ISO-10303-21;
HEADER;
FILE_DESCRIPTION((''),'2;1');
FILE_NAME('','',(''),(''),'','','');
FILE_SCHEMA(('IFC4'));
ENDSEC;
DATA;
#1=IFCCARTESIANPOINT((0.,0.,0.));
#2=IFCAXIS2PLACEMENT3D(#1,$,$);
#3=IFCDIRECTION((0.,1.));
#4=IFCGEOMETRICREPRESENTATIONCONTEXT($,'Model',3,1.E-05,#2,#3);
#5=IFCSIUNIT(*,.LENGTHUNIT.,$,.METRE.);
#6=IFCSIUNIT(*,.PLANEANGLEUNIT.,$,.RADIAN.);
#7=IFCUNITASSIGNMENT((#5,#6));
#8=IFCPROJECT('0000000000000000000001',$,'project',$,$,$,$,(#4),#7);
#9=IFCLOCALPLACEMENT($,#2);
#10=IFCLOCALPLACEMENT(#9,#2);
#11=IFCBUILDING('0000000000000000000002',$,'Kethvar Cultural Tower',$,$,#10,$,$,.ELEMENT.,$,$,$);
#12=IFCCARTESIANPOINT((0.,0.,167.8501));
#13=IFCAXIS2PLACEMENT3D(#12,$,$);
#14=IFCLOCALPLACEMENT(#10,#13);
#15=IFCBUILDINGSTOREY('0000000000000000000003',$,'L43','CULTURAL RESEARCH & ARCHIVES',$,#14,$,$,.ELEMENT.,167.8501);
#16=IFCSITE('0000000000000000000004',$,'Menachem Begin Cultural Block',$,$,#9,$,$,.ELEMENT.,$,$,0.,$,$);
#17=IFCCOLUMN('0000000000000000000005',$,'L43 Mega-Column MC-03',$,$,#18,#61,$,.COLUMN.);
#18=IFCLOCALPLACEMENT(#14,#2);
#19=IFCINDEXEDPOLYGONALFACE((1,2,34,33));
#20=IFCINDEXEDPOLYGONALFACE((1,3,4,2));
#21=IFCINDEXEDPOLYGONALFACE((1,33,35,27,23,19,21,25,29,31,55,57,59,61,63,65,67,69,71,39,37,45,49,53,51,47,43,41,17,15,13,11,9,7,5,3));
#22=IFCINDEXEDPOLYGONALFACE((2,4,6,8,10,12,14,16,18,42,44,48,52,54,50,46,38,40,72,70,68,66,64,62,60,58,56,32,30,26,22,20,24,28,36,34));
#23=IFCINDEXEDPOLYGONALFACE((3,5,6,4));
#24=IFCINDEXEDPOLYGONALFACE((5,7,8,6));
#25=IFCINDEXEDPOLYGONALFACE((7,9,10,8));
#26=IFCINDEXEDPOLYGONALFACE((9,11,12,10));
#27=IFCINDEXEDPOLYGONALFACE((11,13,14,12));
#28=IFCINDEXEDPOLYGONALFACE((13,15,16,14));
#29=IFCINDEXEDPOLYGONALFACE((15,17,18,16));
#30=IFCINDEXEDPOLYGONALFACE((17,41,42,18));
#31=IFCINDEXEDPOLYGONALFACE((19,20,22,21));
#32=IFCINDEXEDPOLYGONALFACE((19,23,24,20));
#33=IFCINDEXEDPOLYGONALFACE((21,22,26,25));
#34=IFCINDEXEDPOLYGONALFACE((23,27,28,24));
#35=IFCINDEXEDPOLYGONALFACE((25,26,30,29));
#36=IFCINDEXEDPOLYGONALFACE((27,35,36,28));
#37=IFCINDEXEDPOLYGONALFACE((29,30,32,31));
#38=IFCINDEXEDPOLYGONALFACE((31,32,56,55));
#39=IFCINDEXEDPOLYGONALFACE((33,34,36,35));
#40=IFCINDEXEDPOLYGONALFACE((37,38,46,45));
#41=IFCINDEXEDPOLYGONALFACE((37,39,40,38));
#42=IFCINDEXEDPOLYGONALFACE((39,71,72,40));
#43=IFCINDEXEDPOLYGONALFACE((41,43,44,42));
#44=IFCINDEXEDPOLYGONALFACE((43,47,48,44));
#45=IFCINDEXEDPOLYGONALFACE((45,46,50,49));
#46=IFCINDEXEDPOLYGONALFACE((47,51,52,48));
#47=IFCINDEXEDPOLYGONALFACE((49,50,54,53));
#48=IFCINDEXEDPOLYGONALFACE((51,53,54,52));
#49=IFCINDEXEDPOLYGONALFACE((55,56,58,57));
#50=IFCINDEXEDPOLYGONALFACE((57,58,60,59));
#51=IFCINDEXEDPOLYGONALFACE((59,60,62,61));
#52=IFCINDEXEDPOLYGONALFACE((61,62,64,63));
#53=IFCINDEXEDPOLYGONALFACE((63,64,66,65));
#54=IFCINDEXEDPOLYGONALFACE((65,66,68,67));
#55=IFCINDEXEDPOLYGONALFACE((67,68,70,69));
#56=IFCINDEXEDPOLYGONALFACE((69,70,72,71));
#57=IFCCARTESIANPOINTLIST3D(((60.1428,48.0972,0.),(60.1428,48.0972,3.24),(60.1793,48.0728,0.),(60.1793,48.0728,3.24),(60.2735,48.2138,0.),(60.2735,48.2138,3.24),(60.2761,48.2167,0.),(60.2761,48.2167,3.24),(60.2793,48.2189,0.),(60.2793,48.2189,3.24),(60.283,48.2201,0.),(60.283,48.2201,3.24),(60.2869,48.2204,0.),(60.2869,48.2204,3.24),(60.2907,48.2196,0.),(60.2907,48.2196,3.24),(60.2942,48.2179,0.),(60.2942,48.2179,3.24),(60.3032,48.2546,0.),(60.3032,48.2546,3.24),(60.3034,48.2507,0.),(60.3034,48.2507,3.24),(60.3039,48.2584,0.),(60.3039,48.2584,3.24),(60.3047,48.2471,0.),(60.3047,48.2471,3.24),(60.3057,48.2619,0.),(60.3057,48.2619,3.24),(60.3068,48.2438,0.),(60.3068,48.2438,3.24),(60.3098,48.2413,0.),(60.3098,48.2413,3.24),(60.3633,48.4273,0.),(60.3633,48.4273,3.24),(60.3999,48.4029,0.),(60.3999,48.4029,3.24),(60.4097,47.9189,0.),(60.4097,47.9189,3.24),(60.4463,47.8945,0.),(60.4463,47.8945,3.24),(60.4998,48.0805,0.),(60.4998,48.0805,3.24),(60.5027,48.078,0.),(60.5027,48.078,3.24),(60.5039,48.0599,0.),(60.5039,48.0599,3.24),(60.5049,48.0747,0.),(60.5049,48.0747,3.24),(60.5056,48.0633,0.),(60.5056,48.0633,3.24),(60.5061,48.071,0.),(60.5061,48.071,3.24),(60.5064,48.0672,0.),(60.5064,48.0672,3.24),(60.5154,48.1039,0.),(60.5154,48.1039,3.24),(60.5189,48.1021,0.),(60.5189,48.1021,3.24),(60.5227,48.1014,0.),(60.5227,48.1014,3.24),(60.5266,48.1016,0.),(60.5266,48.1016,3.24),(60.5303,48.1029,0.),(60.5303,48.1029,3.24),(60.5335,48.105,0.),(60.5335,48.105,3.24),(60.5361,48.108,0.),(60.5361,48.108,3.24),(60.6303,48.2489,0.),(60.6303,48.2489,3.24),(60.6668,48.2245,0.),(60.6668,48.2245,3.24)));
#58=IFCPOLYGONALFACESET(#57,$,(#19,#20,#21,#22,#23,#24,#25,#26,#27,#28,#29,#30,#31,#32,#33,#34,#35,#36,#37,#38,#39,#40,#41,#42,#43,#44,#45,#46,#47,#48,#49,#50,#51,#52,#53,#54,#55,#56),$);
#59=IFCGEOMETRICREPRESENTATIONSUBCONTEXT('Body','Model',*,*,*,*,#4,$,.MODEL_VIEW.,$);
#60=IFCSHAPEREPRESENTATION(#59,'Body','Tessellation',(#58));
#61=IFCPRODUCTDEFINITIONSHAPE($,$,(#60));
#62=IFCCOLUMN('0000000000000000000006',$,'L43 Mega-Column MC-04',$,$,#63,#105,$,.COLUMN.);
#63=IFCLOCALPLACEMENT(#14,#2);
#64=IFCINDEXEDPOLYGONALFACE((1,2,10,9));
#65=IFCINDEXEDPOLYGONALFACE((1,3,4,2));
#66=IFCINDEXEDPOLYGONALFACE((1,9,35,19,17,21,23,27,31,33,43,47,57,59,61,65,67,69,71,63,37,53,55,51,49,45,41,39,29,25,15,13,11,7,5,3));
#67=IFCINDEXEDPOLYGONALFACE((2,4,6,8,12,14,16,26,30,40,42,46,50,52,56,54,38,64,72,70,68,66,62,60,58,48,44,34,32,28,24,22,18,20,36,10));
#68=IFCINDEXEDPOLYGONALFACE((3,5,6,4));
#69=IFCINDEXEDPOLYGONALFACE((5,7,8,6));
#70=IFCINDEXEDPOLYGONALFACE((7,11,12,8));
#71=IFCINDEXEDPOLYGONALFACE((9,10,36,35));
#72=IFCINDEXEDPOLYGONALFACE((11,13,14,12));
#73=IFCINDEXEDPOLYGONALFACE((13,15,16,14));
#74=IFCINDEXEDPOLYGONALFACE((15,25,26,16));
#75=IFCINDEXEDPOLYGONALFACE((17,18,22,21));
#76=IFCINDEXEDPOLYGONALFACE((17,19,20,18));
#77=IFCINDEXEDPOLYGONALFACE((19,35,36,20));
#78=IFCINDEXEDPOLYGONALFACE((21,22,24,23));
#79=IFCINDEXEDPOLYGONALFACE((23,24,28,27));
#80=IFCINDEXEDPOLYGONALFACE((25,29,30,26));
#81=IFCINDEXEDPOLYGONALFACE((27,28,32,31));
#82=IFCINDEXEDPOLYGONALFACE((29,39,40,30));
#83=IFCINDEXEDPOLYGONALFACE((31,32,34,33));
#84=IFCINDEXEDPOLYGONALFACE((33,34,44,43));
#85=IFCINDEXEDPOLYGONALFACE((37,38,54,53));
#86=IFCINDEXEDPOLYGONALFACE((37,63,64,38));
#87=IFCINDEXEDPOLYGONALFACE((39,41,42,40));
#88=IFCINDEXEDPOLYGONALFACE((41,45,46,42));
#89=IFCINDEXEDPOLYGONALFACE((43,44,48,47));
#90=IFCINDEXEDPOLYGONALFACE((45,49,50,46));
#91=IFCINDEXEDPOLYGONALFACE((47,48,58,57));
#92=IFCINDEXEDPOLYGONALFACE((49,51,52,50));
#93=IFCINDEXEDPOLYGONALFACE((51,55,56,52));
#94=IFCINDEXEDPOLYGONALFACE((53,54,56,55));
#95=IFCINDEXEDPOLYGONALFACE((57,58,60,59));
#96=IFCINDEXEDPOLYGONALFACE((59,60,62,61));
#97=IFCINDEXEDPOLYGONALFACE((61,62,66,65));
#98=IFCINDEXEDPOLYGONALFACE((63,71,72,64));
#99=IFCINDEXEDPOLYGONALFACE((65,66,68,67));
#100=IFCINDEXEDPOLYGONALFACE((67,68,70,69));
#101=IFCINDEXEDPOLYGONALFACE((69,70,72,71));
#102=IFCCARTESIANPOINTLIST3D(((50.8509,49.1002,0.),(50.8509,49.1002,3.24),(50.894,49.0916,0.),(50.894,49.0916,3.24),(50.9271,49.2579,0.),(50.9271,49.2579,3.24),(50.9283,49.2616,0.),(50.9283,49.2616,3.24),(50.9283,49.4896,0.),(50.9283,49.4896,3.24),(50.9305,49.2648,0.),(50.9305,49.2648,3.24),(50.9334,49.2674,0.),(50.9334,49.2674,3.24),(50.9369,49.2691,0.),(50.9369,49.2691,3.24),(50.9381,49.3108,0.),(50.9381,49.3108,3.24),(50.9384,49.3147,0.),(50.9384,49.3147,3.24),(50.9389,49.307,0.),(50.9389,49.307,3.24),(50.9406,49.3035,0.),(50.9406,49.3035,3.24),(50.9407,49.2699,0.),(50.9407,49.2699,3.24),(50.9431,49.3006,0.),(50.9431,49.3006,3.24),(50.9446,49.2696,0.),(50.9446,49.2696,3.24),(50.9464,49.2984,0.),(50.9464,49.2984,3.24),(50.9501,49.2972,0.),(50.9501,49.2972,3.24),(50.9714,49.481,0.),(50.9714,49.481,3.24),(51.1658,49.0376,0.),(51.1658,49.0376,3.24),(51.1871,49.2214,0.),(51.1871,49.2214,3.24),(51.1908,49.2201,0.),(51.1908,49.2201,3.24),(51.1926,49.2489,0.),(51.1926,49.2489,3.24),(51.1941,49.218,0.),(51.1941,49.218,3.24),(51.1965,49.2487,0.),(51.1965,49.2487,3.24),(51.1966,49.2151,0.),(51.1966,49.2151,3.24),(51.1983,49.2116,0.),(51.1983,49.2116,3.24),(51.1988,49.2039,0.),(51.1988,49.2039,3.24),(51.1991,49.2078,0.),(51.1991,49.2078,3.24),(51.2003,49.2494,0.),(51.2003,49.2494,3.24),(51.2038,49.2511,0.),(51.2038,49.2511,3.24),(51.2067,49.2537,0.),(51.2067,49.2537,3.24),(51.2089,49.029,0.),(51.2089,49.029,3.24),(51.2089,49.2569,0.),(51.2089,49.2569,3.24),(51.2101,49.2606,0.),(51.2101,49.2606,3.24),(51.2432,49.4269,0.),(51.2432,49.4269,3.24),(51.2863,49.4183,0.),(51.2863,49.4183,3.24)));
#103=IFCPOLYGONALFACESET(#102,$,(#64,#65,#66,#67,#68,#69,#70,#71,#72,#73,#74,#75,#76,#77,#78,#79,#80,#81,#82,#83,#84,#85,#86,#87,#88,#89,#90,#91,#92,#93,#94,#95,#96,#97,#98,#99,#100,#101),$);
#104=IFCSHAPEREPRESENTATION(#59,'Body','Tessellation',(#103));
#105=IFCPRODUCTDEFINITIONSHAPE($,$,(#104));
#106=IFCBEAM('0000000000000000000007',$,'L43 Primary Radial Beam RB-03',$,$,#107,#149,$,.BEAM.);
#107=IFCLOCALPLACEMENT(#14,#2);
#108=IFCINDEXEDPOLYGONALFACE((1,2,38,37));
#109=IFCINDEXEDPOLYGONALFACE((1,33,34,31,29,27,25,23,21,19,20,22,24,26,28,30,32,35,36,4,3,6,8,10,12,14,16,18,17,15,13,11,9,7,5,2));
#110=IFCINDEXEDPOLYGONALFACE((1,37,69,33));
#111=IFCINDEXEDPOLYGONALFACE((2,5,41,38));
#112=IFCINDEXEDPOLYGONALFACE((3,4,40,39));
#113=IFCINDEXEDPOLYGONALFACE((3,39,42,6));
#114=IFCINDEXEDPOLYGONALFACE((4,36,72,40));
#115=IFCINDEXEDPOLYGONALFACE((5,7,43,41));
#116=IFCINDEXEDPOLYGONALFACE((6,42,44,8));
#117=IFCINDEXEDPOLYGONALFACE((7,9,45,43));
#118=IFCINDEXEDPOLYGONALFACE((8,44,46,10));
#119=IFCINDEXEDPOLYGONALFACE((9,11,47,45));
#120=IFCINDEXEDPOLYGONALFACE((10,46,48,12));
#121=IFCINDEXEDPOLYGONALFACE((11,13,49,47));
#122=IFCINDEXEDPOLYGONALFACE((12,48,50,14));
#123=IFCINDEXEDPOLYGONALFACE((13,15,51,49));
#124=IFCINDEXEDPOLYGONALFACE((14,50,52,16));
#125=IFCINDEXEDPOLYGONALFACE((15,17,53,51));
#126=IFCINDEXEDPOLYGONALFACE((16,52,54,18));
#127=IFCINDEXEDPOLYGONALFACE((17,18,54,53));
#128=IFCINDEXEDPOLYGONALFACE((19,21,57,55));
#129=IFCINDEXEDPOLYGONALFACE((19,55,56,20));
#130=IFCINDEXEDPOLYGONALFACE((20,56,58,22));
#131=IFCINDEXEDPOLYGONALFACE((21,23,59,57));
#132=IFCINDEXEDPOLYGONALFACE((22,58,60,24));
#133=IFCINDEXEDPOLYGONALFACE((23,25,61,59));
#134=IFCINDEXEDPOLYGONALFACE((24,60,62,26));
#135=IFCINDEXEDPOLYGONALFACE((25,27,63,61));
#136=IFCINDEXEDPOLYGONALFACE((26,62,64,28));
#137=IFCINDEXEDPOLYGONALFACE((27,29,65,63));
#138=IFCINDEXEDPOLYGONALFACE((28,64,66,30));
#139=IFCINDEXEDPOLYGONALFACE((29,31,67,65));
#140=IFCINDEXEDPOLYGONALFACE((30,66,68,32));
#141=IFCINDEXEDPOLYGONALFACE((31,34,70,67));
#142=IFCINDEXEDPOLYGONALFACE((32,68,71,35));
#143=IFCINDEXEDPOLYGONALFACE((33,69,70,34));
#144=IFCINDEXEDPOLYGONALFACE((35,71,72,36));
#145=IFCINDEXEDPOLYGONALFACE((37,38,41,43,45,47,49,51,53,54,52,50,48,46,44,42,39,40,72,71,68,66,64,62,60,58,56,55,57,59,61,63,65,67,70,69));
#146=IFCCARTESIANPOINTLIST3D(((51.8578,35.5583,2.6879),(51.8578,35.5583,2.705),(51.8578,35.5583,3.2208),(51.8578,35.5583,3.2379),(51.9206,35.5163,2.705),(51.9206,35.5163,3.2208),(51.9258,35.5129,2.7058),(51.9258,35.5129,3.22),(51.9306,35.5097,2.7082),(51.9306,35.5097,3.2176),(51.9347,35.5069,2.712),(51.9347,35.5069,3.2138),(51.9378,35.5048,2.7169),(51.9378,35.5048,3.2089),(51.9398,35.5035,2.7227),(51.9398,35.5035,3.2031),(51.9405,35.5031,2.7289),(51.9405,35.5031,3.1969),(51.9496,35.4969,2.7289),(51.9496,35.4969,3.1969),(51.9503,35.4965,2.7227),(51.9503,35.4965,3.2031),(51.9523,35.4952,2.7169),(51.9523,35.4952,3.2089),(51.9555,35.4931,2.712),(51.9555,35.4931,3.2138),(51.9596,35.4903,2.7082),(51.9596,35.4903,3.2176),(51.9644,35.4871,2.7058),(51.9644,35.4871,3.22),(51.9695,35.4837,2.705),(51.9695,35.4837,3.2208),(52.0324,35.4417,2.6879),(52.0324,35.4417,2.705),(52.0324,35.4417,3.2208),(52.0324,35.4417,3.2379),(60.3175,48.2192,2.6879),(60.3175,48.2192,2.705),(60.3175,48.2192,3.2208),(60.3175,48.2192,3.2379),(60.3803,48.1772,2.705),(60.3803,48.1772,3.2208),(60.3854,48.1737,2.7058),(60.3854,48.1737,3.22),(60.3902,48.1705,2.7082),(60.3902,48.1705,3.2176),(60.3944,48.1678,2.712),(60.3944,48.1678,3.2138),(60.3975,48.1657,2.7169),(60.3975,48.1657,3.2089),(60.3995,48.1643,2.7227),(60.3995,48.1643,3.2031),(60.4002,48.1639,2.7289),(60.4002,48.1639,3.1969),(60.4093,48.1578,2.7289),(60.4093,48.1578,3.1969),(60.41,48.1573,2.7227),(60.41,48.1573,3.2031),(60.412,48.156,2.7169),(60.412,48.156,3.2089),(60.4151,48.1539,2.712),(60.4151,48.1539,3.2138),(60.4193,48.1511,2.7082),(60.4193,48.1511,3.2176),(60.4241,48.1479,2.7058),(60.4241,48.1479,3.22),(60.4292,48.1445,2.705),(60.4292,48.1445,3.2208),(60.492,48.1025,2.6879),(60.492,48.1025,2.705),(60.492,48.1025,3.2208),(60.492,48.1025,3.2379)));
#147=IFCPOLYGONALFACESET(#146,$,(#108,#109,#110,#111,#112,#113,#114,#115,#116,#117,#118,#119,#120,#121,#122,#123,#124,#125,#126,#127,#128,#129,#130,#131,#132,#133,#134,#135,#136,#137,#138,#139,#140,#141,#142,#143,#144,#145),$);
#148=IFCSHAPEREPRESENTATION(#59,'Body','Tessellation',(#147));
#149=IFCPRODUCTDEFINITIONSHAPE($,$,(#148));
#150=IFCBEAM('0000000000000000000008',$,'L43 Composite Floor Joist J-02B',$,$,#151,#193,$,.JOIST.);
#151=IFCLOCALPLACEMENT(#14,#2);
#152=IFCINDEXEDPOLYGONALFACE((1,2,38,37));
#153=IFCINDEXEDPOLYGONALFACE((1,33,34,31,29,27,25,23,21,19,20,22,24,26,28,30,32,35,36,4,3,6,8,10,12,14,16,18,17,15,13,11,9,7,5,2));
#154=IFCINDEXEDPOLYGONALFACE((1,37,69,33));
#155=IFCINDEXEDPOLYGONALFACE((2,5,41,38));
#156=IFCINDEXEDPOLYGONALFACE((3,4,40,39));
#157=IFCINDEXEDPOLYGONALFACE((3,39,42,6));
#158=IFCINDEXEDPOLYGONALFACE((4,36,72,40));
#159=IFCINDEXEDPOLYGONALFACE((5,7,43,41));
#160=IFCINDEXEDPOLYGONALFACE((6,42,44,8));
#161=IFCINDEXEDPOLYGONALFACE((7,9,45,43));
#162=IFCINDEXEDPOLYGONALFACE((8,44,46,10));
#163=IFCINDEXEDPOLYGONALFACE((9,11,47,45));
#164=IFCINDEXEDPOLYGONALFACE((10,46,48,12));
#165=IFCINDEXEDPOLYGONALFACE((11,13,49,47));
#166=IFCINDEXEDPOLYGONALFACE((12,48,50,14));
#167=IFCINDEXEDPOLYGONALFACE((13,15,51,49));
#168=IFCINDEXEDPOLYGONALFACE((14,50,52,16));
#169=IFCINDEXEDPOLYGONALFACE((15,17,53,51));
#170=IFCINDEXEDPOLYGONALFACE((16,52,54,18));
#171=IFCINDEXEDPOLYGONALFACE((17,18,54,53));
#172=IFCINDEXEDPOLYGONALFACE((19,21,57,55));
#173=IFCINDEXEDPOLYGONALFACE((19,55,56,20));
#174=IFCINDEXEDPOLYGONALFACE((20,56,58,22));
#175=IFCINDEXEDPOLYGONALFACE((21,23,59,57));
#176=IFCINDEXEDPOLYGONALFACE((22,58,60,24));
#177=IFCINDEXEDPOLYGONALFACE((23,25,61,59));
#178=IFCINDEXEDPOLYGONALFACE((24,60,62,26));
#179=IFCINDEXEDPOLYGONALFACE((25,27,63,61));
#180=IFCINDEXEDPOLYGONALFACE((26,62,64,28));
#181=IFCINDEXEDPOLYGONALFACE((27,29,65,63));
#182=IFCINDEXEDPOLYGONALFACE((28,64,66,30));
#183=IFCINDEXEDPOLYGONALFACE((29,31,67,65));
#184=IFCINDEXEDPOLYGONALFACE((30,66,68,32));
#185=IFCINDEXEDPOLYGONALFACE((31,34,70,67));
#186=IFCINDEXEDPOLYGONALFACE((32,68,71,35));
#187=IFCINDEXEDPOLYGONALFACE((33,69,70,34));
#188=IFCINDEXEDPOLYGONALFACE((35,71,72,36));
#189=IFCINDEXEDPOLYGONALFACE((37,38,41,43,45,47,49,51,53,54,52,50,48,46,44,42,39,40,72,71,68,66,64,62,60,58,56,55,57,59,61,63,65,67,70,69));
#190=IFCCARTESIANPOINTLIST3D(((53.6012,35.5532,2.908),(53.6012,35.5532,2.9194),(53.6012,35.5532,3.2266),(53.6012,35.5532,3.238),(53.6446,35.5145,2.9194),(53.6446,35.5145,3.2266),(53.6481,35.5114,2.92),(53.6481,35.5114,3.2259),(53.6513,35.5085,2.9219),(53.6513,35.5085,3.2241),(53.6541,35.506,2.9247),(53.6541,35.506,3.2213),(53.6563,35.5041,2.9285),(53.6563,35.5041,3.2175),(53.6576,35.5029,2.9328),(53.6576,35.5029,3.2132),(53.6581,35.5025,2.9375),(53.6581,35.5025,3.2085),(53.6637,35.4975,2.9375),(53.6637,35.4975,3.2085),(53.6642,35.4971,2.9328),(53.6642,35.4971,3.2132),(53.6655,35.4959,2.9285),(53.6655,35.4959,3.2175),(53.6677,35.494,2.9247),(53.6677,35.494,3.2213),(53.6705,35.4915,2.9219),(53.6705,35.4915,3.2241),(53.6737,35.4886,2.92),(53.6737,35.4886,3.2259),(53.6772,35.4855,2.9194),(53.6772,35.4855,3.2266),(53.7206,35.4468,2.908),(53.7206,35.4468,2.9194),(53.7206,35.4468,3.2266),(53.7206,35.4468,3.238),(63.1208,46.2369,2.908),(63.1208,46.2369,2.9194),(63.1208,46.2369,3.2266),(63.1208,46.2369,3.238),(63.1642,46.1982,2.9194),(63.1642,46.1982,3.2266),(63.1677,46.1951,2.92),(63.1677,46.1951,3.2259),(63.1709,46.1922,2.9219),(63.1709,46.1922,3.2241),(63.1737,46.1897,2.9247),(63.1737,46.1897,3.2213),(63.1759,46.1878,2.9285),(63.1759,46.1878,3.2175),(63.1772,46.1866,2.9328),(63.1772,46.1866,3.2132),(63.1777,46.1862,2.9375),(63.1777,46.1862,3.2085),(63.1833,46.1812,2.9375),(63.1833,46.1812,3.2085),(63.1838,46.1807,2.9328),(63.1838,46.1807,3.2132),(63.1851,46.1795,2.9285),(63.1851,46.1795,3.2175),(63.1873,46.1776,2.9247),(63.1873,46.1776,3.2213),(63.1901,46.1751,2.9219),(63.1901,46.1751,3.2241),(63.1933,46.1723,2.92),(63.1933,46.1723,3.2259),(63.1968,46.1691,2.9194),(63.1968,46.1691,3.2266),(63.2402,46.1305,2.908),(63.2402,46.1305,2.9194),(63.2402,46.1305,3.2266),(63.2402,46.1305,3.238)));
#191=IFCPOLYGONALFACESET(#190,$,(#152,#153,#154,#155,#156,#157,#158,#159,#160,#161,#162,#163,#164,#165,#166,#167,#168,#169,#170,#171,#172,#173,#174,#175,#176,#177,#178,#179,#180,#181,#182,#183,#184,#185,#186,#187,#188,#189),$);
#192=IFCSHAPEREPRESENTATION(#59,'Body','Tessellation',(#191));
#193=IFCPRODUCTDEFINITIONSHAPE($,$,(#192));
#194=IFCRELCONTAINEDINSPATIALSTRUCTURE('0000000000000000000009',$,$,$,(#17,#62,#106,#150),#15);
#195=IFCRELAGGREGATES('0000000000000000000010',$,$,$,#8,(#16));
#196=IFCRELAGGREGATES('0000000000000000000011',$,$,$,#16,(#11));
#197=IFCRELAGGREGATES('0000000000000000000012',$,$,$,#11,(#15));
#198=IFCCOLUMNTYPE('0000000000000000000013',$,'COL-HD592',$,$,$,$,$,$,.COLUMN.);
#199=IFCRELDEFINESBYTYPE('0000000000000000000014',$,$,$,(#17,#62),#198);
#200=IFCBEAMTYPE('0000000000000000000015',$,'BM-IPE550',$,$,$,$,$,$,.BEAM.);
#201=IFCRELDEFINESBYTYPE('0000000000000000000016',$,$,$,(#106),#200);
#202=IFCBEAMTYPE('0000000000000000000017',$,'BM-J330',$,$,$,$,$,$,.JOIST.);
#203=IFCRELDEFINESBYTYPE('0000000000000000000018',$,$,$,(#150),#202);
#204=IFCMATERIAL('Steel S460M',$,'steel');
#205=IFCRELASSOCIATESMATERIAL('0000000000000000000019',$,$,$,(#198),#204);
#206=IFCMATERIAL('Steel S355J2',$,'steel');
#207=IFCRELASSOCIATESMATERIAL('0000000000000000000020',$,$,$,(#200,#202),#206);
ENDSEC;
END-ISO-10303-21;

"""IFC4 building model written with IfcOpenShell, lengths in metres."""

from ifc_helpers import new_model, si_unit, direction, frame, origin, origin_2d, place, context, subcontext, project, spatial, i_section, extrude, source, transform, mapped, material, material_profile, profile_set, type_object, element, save


model = new_model("IFC4")

# Units and contexts
model_context = context("Model", 3, precision=1e-05, world=origin(), true_north=direction((0.0, 1.0)))
body_context = subcontext(model_context, "Body", "Model", "MODEL_VIEW")
ifc_project = project(units=[si_unit("LENGTHUNIT", "METRE"), si_unit("PLANEANGLEUNIT", "RADIAN")], contexts=[model_context])

# Site, building, storey
site_placement = place(None, origin())
site = spatial("IfcSite", under=ifc_project, at=site_placement, Name="Menachem Begin Cultural Block", CompositionType="ELEMENT", RefElevation=0.0)
building_placement = place(site_placement, origin())
building = spatial("IfcBuilding", under=site, at=building_placement, Name="Kethvar Cultural Tower", CompositionType="ELEMENT")
storey_placement = place(building_placement, frame((0.0, 0.0, 167.8501)))
storey = spatial("IfcBuildingStorey", under=building, at=storey_placement, Name="L43", Description="CULTURAL RESEARCH & ARCHIVES", CompositionType="ELEMENT", Elevation=167.8501)

# Columns
ifc_material_1 = material(Name="Steel S460M", Category="steel")
ifc_material_profile_1 = material_profile(ifc_material_1, i_section(OverallWidth=0.397, OverallDepth=0.365, WebThickness=0.0281, FlangeThickness=0.0439, FilletRadius=0.0149, at=origin_2d()), Name="Steel S460M — HD400x592")
ifc_profile_set_1 = profile_set([ifc_material_profile_1], Name="Steel S460M — HD400x592")
column_type = type_object("IfcColumnType", Name="COL-HD592", PredefinedType="COLUMN", material=ifc_profile_set_1)
shared_shape_1 = source(origin(), body_context, "Body", "SweptSolid", [
    extrude(i_section(OverallWidth=0.397, OverallDepth=0.365, WebThickness=0.0281, FlangeThickness=0.0439, FilletRadius=0.0149, at=origin_2d()), origin(), (0.0, 0.0, 1.0), 3.24),
])
for number, where, z_axis, x_axis, name in (
    (1, (60.4048, 48.1609, 0.0), (0.0, 0.0, 1.0), (0.55557, 0.83147, 0.0), "L43 Mega-Column MC-03"),
    (2, (51.0686, 49.2593, 0.0), (0.0, 0.0, 1.0), (0.19509, 0.980785, 0.0), "L43 Mega-Column MC-04"),
):
    element("IfcColumn", number, at=place(storey_placement, frame(where, z_axis=z_axis, x_axis=x_axis)), inside=storey, type_object=column_type, Name=name, PredefinedType="COLUMN", context=body_context, shape_type="MappedRepresentation", body=[
        mapped(shared_shape_1, transform((0.0, 0.0, 0.0), scale=1.0)),
    ])

# Beams
ifc_material_2 = material(Name="Steel S355J2", Category="steel")
ifc_material_profile_2 = material_profile(ifc_material_2, i_section(OverallWidth=0.21, OverallDepth=0.55, WebThickness=0.011, FlangeThickness=0.0171, FilletRadius=0.0239, at=origin_2d()), Name="Steel S355J2 — IPE550")
ifc_profile_set_2 = profile_set([ifc_material_profile_2], Name="Steel S355J2 — IPE550")
beam_type_1 = type_object("IfcBeamType", Name="BM-IPE550", PredefinedType="BEAM", material=ifc_profile_set_2)
shared_shape_2 = source(origin(), body_context, "Body", "SweptSolid", [
    extrude(i_section(OverallWidth=0.21, OverallDepth=0.55, WebThickness=0.011, FlangeThickness=0.0171, FilletRadius=0.0239, at=origin_2d()), origin(), (0.0, 0.0, 1.0), 15.2271),
])
beam_1_placement = place(storey_placement, frame((51.9451, 35.5, 2.9629), z_axis=(0.555569, 0.83147, 0.0), x_axis=(-0.83147, 0.555569, 0.0)))
element("IfcBeam", 3, at=beam_1_placement, inside=storey, type_object=beam_type_1, Name="L43 Primary Radial Beam RB-03", PredefinedType="BEAM", context=body_context, shape_type="MappedRepresentation", body=[
    mapped(shared_shape_2, transform((0.0, 0.0, 0.0), scale=1.0)),
])
ifc_material_profile_3 = material_profile(ifc_material_2, i_section(OverallWidth=0.1599, OverallDepth=0.3301, WebThickness=0.0076, FlangeThickness=0.0115, FilletRadius=0.0181, at=origin_2d()), Name="Steel S355J2 — IPE330")
ifc_profile_set_3 = profile_set([ifc_material_profile_3], Name="Steel S355J2 — IPE330")
beam_type_2 = type_object("IfcBeamType", Name="BM-J330", PredefinedType="JOIST", material=ifc_profile_set_3)
shared_shape_3 = source(origin(), body_context, "Body", "SweptSolid", [
    extrude(i_section(OverallWidth=0.1599, OverallDepth=0.3301, WebThickness=0.0076, FlangeThickness=0.0115, FilletRadius=0.0181, at=origin_2d()), origin(), (0.0, 0.0, 1.0), 14.3096),
])
beam_2_placement = place(storey_placement, frame((53.6609, 35.5, 3.073), z_axis=(0.665261, 0.746611, 0.0), x_axis=(-0.746611, 0.665261, 0.0)))
element("IfcBeam", 4, at=beam_2_placement, inside=storey, type_object=beam_type_2, Name="L43 Composite Floor Joist J-02B", PredefinedType="JOIST", context=body_context, shape_type="MappedRepresentation", body=[
    mapped(shared_shape_3, transform((0.0, 0.0, 0.0), scale=1.0)),
])

save(model, "model.ifc")
